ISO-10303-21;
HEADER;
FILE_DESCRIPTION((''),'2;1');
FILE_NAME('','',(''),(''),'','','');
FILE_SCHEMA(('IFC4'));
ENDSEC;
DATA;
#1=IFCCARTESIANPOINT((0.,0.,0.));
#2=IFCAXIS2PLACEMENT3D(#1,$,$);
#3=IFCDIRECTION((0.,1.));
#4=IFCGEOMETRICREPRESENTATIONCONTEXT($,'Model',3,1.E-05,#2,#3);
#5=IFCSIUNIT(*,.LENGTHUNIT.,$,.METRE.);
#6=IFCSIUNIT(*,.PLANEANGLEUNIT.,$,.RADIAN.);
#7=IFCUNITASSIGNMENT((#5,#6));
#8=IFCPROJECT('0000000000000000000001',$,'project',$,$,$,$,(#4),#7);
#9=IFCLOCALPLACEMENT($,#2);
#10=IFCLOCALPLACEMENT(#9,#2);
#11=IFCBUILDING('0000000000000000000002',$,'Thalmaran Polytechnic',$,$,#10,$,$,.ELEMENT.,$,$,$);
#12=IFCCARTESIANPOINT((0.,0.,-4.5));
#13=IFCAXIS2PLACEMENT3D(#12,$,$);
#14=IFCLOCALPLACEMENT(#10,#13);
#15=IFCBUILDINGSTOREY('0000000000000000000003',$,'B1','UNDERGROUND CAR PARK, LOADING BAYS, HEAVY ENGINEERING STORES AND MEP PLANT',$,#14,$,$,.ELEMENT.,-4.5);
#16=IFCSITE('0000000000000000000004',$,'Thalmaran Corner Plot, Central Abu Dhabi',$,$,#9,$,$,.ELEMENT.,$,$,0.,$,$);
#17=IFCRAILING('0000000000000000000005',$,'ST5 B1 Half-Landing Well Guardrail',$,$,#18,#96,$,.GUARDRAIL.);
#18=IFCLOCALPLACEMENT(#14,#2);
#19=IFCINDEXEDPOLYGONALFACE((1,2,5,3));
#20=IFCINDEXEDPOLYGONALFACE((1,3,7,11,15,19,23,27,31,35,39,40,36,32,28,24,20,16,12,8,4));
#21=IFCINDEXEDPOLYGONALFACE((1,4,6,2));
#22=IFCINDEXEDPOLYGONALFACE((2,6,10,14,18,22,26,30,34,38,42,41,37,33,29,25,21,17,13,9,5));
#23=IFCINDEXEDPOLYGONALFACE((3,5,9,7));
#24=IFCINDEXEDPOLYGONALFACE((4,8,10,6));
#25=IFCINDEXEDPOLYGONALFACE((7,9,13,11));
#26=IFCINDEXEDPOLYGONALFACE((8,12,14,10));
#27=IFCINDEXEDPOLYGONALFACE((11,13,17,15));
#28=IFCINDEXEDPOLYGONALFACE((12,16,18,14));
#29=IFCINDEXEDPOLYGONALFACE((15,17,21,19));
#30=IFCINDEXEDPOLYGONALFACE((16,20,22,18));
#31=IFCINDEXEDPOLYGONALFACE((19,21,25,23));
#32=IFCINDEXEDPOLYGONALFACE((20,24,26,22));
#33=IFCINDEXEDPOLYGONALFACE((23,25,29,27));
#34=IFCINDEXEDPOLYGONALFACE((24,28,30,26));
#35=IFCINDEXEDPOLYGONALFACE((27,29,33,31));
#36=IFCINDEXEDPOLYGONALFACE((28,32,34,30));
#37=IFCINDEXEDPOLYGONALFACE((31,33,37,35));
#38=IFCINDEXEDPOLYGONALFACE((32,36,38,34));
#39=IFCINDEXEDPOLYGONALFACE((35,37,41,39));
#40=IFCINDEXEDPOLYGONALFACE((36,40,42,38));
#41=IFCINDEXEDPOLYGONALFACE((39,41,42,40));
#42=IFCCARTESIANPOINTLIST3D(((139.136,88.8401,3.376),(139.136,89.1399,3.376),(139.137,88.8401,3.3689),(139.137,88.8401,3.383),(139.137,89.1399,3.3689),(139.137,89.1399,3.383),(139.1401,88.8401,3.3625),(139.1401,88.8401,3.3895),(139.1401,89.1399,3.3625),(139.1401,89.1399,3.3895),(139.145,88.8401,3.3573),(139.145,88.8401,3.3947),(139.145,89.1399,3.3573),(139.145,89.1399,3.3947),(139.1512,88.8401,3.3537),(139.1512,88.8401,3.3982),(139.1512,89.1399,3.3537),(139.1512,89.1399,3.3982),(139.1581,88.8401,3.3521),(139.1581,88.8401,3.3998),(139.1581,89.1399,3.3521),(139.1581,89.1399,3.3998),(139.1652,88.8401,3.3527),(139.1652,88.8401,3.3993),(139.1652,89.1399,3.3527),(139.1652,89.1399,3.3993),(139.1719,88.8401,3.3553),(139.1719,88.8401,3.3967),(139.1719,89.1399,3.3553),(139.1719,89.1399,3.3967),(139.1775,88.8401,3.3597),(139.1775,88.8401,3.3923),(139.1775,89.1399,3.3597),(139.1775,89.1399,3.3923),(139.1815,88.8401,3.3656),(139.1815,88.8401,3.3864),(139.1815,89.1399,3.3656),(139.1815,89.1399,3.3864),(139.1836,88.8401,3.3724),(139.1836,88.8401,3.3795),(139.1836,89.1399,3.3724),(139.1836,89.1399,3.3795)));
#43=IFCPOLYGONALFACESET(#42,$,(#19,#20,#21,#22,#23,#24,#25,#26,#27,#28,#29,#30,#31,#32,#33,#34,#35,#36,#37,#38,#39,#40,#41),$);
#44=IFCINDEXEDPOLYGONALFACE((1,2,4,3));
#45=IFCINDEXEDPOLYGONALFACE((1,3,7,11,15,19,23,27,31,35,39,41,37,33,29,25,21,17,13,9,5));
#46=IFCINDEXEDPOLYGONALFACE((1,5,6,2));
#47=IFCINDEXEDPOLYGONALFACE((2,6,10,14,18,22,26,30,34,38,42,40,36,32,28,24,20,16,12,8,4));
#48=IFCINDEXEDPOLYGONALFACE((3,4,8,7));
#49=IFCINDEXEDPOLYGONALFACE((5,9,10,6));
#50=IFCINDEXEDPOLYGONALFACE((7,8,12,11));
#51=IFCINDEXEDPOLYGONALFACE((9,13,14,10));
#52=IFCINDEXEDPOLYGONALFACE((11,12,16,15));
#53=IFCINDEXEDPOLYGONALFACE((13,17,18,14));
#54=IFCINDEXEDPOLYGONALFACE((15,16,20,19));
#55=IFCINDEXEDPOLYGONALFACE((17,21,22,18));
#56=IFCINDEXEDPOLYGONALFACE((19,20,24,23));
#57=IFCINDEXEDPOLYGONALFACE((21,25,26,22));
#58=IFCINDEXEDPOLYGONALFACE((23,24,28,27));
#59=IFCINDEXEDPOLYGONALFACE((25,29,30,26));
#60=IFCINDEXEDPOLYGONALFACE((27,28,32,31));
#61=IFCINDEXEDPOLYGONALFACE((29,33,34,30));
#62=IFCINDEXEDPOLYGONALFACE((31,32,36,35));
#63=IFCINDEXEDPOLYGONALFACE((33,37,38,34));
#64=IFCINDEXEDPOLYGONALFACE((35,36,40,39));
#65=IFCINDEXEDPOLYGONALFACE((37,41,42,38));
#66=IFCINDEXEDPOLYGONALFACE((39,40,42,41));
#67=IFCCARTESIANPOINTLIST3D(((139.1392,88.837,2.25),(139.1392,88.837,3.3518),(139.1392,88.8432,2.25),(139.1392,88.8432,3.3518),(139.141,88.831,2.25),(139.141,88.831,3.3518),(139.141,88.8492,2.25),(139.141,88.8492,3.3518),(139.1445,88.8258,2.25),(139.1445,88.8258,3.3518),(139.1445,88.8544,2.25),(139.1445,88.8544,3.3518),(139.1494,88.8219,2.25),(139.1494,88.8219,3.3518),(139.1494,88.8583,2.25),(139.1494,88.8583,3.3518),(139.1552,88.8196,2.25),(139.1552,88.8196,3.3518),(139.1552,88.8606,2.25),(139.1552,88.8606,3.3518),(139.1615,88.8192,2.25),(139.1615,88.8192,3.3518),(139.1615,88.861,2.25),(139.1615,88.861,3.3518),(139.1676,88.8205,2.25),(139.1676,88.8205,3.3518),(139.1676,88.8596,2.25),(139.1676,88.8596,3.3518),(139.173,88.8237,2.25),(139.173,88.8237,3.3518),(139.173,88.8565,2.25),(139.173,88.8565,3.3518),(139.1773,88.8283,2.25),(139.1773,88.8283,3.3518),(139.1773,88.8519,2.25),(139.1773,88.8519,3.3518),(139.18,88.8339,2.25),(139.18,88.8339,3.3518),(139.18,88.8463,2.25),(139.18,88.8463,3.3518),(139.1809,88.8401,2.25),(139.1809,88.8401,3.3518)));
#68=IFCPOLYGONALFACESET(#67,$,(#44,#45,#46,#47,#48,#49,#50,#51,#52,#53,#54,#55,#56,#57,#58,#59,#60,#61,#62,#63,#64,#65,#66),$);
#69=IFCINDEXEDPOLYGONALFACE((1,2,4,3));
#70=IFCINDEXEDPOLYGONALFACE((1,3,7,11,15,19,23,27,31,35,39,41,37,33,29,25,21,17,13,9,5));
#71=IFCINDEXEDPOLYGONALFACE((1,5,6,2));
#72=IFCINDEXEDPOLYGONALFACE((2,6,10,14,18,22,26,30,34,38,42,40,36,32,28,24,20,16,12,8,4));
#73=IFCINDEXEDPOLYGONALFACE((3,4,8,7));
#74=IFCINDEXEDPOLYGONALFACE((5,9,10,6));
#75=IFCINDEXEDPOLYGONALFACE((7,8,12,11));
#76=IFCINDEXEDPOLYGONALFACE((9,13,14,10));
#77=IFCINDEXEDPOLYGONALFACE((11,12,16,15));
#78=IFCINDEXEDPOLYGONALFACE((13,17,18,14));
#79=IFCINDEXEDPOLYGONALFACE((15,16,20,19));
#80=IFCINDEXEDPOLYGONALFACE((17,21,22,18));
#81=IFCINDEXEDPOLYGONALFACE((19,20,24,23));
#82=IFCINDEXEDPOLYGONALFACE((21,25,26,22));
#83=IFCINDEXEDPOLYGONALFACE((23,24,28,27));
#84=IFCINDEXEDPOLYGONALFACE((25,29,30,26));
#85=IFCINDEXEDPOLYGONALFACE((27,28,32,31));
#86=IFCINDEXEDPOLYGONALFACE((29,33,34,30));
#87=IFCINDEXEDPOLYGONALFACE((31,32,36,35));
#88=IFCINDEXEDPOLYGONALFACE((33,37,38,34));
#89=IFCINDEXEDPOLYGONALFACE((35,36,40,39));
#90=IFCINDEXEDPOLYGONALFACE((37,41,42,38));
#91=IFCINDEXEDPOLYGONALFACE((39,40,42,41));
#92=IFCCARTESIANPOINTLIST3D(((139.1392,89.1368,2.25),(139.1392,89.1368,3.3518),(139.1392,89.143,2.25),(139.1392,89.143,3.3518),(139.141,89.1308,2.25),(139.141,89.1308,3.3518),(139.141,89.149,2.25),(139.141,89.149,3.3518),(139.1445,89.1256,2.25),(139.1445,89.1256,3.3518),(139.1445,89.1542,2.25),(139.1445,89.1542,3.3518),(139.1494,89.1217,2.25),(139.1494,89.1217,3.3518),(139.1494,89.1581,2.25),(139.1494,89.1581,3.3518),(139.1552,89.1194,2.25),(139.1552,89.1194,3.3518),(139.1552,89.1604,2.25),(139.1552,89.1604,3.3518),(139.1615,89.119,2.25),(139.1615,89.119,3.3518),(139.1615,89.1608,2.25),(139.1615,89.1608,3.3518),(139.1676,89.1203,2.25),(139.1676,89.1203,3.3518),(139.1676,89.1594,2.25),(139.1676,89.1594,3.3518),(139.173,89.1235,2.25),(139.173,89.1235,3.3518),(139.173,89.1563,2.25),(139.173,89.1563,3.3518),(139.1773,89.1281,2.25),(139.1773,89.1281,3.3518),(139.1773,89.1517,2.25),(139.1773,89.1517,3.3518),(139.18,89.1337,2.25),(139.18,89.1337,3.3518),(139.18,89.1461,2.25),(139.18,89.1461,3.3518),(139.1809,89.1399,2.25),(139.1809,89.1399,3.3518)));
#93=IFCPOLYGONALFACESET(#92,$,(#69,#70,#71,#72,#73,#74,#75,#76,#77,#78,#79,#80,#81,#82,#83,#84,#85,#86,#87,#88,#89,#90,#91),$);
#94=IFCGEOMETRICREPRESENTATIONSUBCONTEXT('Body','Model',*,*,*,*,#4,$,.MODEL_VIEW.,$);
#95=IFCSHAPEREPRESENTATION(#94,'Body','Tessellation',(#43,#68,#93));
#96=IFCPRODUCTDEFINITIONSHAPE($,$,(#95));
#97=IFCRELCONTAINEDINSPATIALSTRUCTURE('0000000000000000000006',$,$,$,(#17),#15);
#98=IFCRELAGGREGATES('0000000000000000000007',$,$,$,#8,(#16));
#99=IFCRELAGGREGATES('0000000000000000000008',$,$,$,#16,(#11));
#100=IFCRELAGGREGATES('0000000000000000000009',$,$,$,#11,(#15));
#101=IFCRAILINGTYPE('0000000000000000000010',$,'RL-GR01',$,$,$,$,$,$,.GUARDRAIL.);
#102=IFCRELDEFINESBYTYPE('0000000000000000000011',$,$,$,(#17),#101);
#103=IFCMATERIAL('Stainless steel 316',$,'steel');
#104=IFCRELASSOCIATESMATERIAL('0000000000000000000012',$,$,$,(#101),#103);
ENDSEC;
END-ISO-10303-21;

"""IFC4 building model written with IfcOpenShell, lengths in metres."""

from ifc_helpers import new_model, si_unit, direction, frame, origin, origin_2d, place, context, subcontext, project, spatial, circle, extrude, material, type_object, element, save


model = new_model("IFC4")

# Units and contexts
model_context = context("Model", 3, precision=1e-05, world=origin(), true_north=direction((0.0, 1.0)))
body_context = subcontext(model_context, "Body", "Model", "MODEL_VIEW")
ifc_project = project(units=[si_unit("LENGTHUNIT", "METRE"), si_unit("PLANEANGLEUNIT", "RADIAN")], contexts=[model_context])

# Site, building, storey
site_placement = place(None, origin())
site = spatial("IfcSite", under=ifc_project, at=site_placement, Name="Thalmaran Corner Plot, Central Abu Dhabi", CompositionType="ELEMENT", RefElevation=0.0)
building_placement = place(site_placement, origin())
building = spatial("IfcBuilding", under=site, at=building_placement, Name="Thalmaran Polytechnic", CompositionType="ELEMENT")
storey_placement = place(building_placement, frame((0.0, 0.0, -4.5)))
storey = spatial("IfcBuildingStorey", under=building, at=storey_placement, Name="B1", Description="UNDERGROUND CAR PARK, LOADING BAYS, HEAVY ENGINEERING STORES AND MEP PLANT", CompositionType="ELEMENT", Elevation=-4.5)

# Railing
ifc_material_1 = material(Name="Stainless steel 316", Category="steel")
railing_type_1 = type_object("IfcRailingType", Name="RL-GR01", PredefinedType="GUARDRAIL", material=ifc_material_1)
railing_1_placement = place(storey_placement, frame((139.1599, 88.8401, 2.25)))
element("IfcRailing", 1, at=railing_1_placement, inside=storey, type_object=railing_type_1, Name="ST5 B1 Half-Landing Well Guardrail", PredefinedType="GUARDRAIL", context=body_context, shape_type="SweptSolid", body=[
    extrude(circle(Radius=0.0239, at=origin_2d()), frame((0.0, 0.0, 1.126), z_axis=(0.0, 1.0, 0.0), x_axis=(-1.0, 0.0, 0.0)), (0.0, 0.0, 1.0), 0.2998),
    extrude(circle(Radius=0.021, at=origin_2d()), origin(), (0.0, 0.0, 1.0), 1.1018),
    extrude(circle(Radius=0.021, at=origin_2d()), frame((0.0, 0.2998, 0.0)), (0.0, 0.0, 1.0), 1.1018),
])

save(model, "model.ifc")
